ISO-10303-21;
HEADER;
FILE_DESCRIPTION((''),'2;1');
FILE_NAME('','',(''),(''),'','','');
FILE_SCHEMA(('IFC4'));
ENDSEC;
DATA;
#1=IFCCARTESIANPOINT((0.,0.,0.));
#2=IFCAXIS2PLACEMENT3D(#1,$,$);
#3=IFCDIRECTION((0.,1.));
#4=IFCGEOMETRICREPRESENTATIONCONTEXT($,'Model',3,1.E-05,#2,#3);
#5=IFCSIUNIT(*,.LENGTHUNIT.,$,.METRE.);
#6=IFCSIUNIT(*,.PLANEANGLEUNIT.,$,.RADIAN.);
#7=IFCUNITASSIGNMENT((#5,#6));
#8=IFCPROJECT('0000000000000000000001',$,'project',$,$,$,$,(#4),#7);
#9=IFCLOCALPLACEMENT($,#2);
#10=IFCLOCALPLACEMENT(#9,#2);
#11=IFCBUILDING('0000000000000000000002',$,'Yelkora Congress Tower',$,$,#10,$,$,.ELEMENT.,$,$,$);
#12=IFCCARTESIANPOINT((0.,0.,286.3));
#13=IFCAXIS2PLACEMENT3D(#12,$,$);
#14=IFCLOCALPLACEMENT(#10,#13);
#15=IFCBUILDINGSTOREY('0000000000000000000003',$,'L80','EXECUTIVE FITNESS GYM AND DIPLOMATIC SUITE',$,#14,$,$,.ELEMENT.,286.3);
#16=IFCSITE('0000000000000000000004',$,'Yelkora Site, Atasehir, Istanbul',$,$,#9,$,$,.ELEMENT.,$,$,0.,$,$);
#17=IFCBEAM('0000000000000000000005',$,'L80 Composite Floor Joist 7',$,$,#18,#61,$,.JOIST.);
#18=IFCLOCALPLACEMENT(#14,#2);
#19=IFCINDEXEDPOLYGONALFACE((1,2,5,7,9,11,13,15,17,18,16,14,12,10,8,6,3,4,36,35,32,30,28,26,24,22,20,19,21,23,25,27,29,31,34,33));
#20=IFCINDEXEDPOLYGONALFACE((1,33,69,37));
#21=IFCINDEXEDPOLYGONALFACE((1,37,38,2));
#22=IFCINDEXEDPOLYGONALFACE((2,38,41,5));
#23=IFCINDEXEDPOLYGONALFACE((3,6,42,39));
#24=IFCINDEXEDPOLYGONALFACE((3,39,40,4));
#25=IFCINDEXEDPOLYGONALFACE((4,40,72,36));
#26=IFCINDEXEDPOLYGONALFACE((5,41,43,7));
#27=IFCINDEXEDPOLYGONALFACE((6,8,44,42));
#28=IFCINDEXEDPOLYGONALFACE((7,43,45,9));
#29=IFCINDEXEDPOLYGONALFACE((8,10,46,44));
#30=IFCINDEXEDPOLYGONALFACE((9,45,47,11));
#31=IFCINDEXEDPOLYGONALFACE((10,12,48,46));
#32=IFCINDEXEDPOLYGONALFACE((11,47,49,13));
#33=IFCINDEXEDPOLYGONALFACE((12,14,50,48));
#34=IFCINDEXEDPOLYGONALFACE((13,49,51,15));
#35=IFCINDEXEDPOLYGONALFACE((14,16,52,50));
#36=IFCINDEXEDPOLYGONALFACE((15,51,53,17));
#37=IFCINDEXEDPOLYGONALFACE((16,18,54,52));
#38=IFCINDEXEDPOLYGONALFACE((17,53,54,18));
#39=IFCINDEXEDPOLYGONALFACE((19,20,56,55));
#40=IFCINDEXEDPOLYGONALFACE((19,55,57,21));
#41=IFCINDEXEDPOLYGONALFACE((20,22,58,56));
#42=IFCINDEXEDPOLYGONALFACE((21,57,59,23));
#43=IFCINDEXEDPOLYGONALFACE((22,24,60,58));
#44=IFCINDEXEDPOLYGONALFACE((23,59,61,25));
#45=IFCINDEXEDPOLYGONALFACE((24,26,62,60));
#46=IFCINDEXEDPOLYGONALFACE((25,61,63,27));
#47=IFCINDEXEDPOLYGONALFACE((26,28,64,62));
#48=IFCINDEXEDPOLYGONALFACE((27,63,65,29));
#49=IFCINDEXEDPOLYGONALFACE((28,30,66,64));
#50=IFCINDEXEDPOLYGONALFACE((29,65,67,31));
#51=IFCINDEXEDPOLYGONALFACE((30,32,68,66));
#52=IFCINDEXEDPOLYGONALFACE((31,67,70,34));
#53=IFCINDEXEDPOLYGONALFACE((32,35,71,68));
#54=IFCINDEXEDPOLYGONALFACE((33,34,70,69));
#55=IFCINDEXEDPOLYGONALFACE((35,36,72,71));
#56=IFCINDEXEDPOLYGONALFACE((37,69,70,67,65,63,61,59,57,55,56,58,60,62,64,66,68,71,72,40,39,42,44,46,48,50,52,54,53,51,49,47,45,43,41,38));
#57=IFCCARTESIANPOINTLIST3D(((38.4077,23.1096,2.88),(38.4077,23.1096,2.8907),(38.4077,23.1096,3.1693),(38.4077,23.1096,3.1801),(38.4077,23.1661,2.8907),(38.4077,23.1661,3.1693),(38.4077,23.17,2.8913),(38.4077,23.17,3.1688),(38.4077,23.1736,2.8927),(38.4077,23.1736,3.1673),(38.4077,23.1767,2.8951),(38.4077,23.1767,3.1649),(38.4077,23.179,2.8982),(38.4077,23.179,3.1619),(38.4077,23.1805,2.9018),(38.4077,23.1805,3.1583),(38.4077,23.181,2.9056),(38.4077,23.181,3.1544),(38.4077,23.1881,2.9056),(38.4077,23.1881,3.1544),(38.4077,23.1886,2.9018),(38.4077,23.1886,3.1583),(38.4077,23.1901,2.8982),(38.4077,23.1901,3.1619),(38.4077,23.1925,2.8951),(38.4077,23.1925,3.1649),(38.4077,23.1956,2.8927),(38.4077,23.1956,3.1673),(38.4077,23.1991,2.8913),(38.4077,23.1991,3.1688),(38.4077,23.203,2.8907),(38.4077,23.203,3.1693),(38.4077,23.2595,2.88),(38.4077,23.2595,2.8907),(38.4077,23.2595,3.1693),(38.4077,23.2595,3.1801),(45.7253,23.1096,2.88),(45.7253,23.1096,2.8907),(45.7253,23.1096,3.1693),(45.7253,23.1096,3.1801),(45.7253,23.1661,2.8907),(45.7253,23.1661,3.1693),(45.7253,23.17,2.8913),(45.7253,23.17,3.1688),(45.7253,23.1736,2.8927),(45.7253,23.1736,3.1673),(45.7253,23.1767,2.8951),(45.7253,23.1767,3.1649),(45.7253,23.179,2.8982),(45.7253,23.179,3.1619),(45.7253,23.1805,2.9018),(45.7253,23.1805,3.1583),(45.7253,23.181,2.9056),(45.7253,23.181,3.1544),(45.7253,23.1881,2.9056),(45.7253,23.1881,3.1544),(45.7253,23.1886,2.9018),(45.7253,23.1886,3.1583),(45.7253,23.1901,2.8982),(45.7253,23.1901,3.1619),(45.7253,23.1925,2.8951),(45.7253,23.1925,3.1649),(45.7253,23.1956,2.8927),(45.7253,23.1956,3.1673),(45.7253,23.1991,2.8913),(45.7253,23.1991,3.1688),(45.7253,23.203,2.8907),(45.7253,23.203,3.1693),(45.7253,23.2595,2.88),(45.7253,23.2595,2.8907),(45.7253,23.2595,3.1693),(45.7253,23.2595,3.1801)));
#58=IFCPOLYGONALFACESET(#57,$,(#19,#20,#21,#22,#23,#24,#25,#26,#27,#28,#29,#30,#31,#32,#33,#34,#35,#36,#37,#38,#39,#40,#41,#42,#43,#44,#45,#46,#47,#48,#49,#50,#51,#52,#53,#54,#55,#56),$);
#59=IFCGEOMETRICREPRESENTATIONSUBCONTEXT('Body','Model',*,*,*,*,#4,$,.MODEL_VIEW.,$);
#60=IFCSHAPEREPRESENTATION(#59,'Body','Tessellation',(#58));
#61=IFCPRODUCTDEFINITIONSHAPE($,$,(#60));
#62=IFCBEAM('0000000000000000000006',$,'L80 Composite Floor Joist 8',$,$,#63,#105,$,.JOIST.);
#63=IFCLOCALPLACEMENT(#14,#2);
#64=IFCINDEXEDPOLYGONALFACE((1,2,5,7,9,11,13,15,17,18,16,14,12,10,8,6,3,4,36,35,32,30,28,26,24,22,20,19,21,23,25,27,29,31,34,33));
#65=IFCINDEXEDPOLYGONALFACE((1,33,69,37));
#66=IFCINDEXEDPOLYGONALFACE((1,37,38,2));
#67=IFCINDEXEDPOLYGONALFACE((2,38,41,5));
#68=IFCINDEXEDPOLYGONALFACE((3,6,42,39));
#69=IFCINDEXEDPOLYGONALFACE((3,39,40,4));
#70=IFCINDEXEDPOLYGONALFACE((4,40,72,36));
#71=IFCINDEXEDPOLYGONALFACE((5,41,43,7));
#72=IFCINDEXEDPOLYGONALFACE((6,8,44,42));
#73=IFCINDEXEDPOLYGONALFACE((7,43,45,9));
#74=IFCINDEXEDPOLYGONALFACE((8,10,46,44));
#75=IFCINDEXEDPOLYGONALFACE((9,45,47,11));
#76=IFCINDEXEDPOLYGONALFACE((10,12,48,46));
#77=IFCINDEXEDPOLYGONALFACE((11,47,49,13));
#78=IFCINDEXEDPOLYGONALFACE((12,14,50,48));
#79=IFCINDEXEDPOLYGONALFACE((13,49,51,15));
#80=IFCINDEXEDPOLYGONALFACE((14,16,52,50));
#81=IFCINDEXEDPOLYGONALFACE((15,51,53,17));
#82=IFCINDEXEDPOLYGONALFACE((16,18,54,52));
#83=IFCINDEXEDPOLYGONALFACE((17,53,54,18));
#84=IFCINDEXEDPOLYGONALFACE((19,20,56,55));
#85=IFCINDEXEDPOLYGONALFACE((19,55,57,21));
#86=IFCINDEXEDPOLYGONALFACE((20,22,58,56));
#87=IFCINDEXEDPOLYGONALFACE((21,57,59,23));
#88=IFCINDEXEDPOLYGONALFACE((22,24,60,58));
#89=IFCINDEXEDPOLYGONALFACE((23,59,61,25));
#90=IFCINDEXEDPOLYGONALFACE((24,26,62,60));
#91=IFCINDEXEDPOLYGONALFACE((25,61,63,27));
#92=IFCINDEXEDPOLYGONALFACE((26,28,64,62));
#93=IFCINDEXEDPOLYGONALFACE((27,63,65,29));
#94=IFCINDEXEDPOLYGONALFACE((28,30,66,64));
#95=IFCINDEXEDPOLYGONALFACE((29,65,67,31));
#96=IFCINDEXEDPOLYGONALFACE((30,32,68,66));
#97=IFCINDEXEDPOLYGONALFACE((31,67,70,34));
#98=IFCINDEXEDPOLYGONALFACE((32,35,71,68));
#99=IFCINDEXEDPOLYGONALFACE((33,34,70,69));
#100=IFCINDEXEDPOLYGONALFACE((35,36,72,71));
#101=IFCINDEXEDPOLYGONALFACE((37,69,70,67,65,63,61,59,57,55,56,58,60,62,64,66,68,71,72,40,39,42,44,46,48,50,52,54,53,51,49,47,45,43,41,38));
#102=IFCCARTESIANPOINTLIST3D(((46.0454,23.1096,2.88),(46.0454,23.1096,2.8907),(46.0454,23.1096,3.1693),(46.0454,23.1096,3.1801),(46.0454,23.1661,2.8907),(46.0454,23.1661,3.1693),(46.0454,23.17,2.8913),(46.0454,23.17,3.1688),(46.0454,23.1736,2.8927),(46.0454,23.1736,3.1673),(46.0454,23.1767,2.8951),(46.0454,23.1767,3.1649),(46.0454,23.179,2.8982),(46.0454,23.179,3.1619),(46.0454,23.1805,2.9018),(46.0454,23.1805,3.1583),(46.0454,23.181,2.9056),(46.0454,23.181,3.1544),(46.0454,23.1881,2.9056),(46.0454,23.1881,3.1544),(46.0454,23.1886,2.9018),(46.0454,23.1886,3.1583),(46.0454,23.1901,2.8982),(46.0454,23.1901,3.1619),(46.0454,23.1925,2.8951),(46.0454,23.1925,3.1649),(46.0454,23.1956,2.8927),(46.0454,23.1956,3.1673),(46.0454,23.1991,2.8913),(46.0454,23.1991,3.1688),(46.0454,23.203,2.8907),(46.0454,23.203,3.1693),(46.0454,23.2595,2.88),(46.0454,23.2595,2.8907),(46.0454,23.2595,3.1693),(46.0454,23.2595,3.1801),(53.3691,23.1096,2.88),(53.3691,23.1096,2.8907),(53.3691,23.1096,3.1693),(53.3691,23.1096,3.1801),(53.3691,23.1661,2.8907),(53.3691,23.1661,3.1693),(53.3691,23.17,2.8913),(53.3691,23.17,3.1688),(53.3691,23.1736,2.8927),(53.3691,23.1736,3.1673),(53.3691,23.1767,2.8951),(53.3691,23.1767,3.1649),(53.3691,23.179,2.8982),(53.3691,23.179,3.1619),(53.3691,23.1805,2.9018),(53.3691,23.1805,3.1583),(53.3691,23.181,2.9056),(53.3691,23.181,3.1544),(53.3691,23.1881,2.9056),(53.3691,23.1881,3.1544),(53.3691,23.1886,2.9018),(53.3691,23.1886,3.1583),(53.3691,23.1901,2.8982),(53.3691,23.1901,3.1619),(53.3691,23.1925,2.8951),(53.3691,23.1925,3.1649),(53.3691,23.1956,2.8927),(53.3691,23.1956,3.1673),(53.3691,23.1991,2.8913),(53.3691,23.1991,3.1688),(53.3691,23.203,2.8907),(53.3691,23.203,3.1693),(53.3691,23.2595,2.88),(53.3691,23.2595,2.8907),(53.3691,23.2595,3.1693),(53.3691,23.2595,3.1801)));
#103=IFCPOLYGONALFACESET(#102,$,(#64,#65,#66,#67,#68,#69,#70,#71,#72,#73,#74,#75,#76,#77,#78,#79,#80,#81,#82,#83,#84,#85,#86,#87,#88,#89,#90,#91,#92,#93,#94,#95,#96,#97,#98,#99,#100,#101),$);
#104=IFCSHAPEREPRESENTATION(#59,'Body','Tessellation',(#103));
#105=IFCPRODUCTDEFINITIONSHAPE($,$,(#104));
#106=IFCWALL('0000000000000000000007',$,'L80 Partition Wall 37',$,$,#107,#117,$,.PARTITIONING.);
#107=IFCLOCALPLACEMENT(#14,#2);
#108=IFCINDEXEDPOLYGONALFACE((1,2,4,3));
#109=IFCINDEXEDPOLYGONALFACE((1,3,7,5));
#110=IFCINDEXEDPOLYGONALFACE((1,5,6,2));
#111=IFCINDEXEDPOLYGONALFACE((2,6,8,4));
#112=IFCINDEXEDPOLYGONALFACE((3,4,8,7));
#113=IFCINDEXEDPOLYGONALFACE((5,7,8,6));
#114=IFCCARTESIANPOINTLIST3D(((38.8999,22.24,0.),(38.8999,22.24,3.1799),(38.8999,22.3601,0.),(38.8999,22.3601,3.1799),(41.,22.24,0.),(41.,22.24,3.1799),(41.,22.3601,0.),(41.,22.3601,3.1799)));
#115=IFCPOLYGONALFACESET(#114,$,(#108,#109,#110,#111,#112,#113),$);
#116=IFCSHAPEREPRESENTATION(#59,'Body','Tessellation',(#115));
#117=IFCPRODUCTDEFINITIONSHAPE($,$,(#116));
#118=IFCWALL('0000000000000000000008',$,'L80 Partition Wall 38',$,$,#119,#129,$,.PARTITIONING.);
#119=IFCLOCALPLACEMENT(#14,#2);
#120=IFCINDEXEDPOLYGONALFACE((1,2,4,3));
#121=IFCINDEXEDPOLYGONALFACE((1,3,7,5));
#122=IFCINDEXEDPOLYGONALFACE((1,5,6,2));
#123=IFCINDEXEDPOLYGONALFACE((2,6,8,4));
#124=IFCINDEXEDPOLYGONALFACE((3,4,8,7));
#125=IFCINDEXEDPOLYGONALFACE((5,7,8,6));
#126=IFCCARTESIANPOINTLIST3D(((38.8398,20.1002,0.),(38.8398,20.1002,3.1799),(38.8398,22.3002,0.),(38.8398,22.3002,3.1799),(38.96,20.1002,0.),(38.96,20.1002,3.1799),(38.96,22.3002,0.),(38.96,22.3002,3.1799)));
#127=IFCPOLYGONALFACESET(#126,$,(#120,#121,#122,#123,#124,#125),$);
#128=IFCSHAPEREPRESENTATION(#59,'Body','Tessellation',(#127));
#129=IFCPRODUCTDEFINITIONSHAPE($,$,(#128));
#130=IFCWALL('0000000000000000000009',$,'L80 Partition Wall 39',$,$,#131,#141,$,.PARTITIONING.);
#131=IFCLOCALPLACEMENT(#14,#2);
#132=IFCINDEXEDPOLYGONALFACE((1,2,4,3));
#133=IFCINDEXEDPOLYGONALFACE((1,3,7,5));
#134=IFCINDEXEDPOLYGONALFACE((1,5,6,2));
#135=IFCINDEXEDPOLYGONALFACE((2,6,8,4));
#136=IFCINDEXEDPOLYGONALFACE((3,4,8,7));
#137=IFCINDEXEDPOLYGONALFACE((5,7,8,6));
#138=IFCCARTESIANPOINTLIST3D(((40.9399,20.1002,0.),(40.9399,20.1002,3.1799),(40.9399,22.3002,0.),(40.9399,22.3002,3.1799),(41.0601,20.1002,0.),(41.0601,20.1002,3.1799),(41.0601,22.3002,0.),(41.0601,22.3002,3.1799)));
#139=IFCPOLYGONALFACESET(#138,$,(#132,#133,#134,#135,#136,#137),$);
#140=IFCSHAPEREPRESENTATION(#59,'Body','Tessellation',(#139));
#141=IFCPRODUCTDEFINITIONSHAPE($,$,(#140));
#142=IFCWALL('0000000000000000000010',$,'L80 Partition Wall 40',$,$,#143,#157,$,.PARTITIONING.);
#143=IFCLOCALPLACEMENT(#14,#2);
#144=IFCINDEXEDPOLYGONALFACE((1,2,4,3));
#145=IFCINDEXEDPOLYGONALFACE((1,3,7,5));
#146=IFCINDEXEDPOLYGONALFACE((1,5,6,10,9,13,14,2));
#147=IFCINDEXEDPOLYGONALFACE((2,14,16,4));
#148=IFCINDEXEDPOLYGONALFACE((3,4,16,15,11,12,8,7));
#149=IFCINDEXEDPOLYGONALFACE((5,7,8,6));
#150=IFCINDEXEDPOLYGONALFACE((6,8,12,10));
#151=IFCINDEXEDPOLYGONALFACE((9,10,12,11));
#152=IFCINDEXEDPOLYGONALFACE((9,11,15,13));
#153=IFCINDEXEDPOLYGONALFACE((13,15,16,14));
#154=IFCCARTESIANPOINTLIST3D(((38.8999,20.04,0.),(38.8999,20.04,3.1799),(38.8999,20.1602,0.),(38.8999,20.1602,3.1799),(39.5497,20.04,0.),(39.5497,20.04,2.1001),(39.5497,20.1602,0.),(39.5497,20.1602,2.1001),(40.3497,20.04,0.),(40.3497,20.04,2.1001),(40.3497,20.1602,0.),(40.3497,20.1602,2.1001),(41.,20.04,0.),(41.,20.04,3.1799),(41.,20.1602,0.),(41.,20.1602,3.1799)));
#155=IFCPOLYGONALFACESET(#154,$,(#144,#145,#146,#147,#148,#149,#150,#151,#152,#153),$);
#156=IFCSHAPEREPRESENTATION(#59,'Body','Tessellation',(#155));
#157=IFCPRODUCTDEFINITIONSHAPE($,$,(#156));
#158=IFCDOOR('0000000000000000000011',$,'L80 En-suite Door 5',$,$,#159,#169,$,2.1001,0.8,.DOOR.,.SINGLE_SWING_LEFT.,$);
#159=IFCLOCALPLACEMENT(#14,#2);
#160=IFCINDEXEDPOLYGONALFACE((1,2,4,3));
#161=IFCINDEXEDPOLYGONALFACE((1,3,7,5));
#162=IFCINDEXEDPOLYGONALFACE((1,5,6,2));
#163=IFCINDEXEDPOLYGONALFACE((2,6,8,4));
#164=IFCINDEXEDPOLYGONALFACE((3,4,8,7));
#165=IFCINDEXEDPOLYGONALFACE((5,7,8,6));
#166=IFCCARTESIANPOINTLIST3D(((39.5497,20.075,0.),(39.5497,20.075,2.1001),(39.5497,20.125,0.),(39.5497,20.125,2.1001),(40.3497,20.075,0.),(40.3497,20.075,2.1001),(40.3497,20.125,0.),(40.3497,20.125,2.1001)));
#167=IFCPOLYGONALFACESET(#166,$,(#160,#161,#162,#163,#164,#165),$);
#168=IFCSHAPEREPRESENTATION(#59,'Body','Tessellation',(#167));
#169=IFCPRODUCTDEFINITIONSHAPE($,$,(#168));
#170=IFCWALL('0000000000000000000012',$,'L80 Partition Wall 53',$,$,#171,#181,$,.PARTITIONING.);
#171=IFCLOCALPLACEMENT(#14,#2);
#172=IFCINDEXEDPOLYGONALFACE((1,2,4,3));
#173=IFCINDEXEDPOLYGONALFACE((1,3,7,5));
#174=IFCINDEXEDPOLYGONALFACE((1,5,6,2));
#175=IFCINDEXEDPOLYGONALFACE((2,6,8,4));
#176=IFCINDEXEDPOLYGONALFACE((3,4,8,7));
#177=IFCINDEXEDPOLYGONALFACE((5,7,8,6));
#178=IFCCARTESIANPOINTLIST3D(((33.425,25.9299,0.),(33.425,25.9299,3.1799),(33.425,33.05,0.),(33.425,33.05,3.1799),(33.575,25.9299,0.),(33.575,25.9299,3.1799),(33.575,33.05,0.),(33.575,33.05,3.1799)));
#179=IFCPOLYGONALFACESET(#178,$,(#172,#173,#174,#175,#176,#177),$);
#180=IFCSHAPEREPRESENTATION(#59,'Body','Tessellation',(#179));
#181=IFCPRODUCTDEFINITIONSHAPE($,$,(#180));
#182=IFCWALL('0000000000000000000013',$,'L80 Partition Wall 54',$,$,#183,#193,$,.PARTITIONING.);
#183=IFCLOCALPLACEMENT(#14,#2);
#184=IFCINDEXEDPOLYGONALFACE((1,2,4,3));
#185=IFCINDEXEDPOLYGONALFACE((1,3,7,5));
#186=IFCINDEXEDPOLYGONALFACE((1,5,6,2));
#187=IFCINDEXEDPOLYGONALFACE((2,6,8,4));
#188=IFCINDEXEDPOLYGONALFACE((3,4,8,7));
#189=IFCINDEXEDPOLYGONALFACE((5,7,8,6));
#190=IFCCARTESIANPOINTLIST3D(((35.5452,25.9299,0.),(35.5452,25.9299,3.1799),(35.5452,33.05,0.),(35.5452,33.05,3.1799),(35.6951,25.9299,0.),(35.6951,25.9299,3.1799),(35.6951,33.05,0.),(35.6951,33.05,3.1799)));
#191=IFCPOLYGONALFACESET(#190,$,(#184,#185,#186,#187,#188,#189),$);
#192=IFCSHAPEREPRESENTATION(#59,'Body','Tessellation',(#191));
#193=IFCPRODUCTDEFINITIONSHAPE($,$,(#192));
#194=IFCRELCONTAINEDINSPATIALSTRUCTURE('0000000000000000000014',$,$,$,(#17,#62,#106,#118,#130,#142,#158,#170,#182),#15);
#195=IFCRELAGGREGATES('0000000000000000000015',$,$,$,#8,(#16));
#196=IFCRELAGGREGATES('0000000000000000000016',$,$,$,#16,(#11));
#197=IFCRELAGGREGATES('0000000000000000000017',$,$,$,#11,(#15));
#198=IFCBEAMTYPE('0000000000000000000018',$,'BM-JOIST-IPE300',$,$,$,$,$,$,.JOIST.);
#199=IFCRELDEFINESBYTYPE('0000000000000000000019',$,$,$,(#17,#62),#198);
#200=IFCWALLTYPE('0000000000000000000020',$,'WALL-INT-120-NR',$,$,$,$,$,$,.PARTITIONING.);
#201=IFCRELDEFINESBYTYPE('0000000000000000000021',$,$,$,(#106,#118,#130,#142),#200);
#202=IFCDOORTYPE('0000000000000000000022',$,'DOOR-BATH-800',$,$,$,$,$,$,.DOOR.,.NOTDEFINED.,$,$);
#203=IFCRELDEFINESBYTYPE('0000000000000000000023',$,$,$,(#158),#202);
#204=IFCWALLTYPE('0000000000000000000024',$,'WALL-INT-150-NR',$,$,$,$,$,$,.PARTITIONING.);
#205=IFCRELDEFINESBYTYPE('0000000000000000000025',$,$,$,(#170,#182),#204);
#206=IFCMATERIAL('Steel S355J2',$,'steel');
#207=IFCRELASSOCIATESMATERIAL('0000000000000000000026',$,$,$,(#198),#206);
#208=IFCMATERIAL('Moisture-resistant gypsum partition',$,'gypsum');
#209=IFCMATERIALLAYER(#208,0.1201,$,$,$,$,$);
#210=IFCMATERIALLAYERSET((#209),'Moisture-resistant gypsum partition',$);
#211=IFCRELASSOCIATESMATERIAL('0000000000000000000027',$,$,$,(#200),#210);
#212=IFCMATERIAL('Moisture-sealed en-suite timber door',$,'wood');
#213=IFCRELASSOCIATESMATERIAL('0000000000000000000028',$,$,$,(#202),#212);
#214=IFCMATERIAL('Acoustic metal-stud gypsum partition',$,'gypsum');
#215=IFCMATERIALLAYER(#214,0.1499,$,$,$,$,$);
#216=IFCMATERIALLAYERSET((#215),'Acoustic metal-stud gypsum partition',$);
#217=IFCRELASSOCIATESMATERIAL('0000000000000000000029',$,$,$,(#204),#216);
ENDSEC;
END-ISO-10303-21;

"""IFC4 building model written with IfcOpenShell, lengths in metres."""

from ifc_helpers import new_model, si_unit, direction, frame, frame_2d, origin, origin_2d, place, context, subcontext, project, spatial, rectangle, i_section, extrude, material, layer, layer_set, material_profile, profile_set, type_object, element, fill, save


model = new_model("IFC4")

# Units and contexts
model_context = context("Model", 3, precision=1e-05, world=origin(), true_north=direction((0.0, 1.0)))
body_context = subcontext(model_context, "Body", "Model", "MODEL_VIEW")
ifc_project = project(units=[si_unit("LENGTHUNIT", "METRE"), si_unit("PLANEANGLEUNIT", "RADIAN")], contexts=[model_context])

# Site, building, storey
site_placement = place(None, origin())
site = spatial("IfcSite", under=ifc_project, at=site_placement, Name="Yelkora Site, Atasehir, Istanbul", CompositionType="ELEMENT", RefElevation=0.0)
building_placement = place(site_placement, origin())
building = spatial("IfcBuilding", under=site, at=building_placement, Name="Yelkora Congress Tower", CompositionType="ELEMENT")
storey_placement = place(building_placement, frame((0.0, 0.0, 286.3)))
storey = spatial("IfcBuildingStorey", under=building, at=storey_placement, Name="L80", Description="EXECUTIVE FITNESS GYM AND DIPLOMATIC SUITE", CompositionType="ELEMENT", Elevation=286.3)

# Beams
ifc_material_1 = material(Name="Steel S355J2", Category="steel")
ifc_material_profile_1 = material_profile(ifc_material_1, i_section(OverallWidth=0.1499, OverallDepth=0.3, WebThickness=0.0071, FlangeThickness=0.0107, FilletRadius=0.0149, at=origin_2d()), Name="IPE 300")
ifc_profile_set_1 = profile_set([ifc_material_profile_1], Name="Steel S355J2")
beam_type_1 = type_object("IfcBeamType", Name="BM-JOIST-IPE300", PredefinedType="JOIST", material=ifc_profile_set_1)
beam_1_placement = place(storey_placement, frame((38.4077, 23.1846, 3.03), z_axis=(1.0, 0.0, 0.0), x_axis=(0.0, 1.0, 0.0)))
element("IfcBeam", 1, at=beam_1_placement, inside=storey, type_object=beam_type_1, Name="L80 Composite Floor Joist 7", PredefinedType="JOIST", context=body_context, shape_type="SweptSolid", body=[
    extrude(i_section(OverallWidth=0.1499, OverallDepth=0.3, WebThickness=0.0071, FlangeThickness=0.0107, FilletRadius=0.0149, at=origin_2d()), origin(), (0.0, 0.0, 1.0), 7.3176),
])
beam_2_placement = place(storey_placement, frame((46.0454, 23.1846, 3.03), z_axis=(1.0, 0.0, 0.0), x_axis=(0.0, 1.0, 0.0)))
element("IfcBeam", 2, at=beam_2_placement, inside=storey, type_object=beam_type_1, Name="L80 Composite Floor Joist 8", PredefinedType="JOIST", context=body_context, shape_type="SweptSolid", body=[
    extrude(i_section(OverallWidth=0.1499, OverallDepth=0.3, WebThickness=0.0071, FlangeThickness=0.0107, FilletRadius=0.0149, at=origin_2d()), origin(), (0.0, 0.0, 1.0), 7.3237),
])

# Walls
ifc_material_2 = material(Name="Moisture-resistant gypsum partition", Category="gypsum")
ifc_layer_1 = layer(ifc_material_2, 0.1201)
ifc_layer_set_1 = layer_set([ifc_layer_1], Name="Moisture-resistant gypsum partition")
wall_type_1 = type_object("IfcWallType", Name="WALL-INT-120-NR", PredefinedType="PARTITIONING", material=ifc_layer_set_1)
wall_1_placement = place(storey_placement, frame((38.8999, 22.3, 0.0), z_axis=(0.0, 0.0, 1.0), x_axis=(1.0, 0.0, 0.0)))
element("IfcWall", 3, at=wall_1_placement, inside=storey, type_object=wall_type_1, Name="L80 Partition Wall 37", PredefinedType="PARTITIONING", context=body_context, shape_type="SweptSolid", body=[
    extrude(rectangle(XDim=2.1001, YDim=0.1201, at=frame_2d((1.05, 0.0))), origin(), (0.0, 0.0, 1.0), 3.1799),
])
for number, where, z_axis, x_axis, name in (
    (4, (38.8999, 20.1001, 0.0), (0.0, 0.0, 1.0), (0.0, 1.0, 0.0), "L80 Partition Wall 38"),
    (5, (41.0, 20.1001, 0.0), (0.0, 0.0, 1.0), (0.0, 1.0, 0.0), "L80 Partition Wall 39"),
):
    element("IfcWall", number, at=place(storey_placement, frame(where, z_axis=z_axis, x_axis=x_axis)), inside=storey, type_object=wall_type_1, Name=name, PredefinedType="PARTITIONING", context=body_context, shape_type="SweptSolid", body=[
        extrude(rectangle(XDim=2.2, YDim=0.1201, at=frame_2d((1.1001, 0.0))), origin(), (0.0, 0.0, 1.0), 3.1799),
    ])

# Wall, opening, door
wall_2_placement = place(storey_placement, frame((38.8999, 20.1001, 0.0), z_axis=(0.0, 0.0, 1.0), x_axis=(1.0, 0.0, 0.0)))
wall_2 = element("IfcWall", 6, at=wall_2_placement, inside=storey, type_object=wall_type_1, Name="L80 Partition Wall 40", PredefinedType="PARTITIONING", context=body_context, shape_type="SweptSolid", body=[
    extrude(rectangle(XDim=2.1001, YDim=0.1201, at=frame_2d((1.05, 0.0))), origin(), (0.0, 0.0, 1.0), 3.1799),
])
opening_1_placement = place(wall_2_placement, frame((0.6499, 0.0, 0.0)))
opening_1 = element("IfcOpeningElement", 7, at=opening_1_placement, cuts=wall_2, PredefinedType="OPENING", context=body_context, shape_type="SweptSolid", body=[
    extrude(rectangle(XDim=0.8, YDim=2.1001, at=frame_2d((0.3999, 1.05))), frame((0.0, 0.0701, 0.0), z_axis=(0.0, -1.0, 0.0), x_axis=(1.0, 0.0, 0.0)), (0.0, 0.0, 1.0), 0.1401),
])
ifc_material_3 = material(Name="Moisture-sealed en-suite timber door", Category="wood")
door_type_1 = type_object("IfcDoorType", Name="DOOR-BATH-800", OperationType="NOTDEFINED", PredefinedType="DOOR", material=ifc_material_3)
door_1_placement = place(opening_1_placement, origin())
door_1 = element("IfcDoor", 8, at=door_1_placement, inside=storey, type_object=door_type_1, Name="L80 En-suite Door 5", OperationType="SINGLE_SWING_LEFT", OverallHeight=2.1001, OverallWidth=0.8, PredefinedType="DOOR", context=body_context, shape_type="SweptSolid", body=[
    extrude(rectangle(XDim=0.8, YDim=2.1001, at=frame_2d((0.3999, 1.05))), frame((0.0, 0.0249, 0.0), z_axis=(0.0, -1.0, 0.0), x_axis=(1.0, 0.0, 0.0)), (0.0, 0.0, 1.0), 0.05),
])
fill(opening_1, door_1)

# Walls
ifc_material_4 = material(Name="Acoustic metal-stud gypsum partition", Category="gypsum")
ifc_layer_2 = layer(ifc_material_4, 0.1499)
ifc_layer_set_2 = layer_set([ifc_layer_2], Name="Acoustic metal-stud gypsum partition")
wall_type_2 = type_object("IfcWallType", Name="WALL-INT-150-NR", PredefinedType="PARTITIONING", material=ifc_layer_set_2)
for number, where, z_axis, x_axis, name in (
    (9, (33.5, 25.9299, 0.0), (0.0, 0.0, 1.0), (0.0, 1.0, 0.0), "L80 Partition Wall 53"),
    (10, (35.6201, 25.9299, 0.0), (0.0, 0.0, 1.0), (0.0, 1.0, 0.0), "L80 Partition Wall 54"),
):
    element("IfcWall", number, at=place(storey_placement, frame(where, z_axis=z_axis, x_axis=x_axis)), inside=storey, type_object=wall_type_2, Name=name, PredefinedType="PARTITIONING", context=body_context, shape_type="SweptSolid", body=[
        extrude(rectangle(XDim=7.1201, YDim=0.1499, at=frame_2d((3.5601, 0.0))), origin(), (0.0, 0.0, 1.0), 3.1799),
    ])

save(model, "model.ifc")
